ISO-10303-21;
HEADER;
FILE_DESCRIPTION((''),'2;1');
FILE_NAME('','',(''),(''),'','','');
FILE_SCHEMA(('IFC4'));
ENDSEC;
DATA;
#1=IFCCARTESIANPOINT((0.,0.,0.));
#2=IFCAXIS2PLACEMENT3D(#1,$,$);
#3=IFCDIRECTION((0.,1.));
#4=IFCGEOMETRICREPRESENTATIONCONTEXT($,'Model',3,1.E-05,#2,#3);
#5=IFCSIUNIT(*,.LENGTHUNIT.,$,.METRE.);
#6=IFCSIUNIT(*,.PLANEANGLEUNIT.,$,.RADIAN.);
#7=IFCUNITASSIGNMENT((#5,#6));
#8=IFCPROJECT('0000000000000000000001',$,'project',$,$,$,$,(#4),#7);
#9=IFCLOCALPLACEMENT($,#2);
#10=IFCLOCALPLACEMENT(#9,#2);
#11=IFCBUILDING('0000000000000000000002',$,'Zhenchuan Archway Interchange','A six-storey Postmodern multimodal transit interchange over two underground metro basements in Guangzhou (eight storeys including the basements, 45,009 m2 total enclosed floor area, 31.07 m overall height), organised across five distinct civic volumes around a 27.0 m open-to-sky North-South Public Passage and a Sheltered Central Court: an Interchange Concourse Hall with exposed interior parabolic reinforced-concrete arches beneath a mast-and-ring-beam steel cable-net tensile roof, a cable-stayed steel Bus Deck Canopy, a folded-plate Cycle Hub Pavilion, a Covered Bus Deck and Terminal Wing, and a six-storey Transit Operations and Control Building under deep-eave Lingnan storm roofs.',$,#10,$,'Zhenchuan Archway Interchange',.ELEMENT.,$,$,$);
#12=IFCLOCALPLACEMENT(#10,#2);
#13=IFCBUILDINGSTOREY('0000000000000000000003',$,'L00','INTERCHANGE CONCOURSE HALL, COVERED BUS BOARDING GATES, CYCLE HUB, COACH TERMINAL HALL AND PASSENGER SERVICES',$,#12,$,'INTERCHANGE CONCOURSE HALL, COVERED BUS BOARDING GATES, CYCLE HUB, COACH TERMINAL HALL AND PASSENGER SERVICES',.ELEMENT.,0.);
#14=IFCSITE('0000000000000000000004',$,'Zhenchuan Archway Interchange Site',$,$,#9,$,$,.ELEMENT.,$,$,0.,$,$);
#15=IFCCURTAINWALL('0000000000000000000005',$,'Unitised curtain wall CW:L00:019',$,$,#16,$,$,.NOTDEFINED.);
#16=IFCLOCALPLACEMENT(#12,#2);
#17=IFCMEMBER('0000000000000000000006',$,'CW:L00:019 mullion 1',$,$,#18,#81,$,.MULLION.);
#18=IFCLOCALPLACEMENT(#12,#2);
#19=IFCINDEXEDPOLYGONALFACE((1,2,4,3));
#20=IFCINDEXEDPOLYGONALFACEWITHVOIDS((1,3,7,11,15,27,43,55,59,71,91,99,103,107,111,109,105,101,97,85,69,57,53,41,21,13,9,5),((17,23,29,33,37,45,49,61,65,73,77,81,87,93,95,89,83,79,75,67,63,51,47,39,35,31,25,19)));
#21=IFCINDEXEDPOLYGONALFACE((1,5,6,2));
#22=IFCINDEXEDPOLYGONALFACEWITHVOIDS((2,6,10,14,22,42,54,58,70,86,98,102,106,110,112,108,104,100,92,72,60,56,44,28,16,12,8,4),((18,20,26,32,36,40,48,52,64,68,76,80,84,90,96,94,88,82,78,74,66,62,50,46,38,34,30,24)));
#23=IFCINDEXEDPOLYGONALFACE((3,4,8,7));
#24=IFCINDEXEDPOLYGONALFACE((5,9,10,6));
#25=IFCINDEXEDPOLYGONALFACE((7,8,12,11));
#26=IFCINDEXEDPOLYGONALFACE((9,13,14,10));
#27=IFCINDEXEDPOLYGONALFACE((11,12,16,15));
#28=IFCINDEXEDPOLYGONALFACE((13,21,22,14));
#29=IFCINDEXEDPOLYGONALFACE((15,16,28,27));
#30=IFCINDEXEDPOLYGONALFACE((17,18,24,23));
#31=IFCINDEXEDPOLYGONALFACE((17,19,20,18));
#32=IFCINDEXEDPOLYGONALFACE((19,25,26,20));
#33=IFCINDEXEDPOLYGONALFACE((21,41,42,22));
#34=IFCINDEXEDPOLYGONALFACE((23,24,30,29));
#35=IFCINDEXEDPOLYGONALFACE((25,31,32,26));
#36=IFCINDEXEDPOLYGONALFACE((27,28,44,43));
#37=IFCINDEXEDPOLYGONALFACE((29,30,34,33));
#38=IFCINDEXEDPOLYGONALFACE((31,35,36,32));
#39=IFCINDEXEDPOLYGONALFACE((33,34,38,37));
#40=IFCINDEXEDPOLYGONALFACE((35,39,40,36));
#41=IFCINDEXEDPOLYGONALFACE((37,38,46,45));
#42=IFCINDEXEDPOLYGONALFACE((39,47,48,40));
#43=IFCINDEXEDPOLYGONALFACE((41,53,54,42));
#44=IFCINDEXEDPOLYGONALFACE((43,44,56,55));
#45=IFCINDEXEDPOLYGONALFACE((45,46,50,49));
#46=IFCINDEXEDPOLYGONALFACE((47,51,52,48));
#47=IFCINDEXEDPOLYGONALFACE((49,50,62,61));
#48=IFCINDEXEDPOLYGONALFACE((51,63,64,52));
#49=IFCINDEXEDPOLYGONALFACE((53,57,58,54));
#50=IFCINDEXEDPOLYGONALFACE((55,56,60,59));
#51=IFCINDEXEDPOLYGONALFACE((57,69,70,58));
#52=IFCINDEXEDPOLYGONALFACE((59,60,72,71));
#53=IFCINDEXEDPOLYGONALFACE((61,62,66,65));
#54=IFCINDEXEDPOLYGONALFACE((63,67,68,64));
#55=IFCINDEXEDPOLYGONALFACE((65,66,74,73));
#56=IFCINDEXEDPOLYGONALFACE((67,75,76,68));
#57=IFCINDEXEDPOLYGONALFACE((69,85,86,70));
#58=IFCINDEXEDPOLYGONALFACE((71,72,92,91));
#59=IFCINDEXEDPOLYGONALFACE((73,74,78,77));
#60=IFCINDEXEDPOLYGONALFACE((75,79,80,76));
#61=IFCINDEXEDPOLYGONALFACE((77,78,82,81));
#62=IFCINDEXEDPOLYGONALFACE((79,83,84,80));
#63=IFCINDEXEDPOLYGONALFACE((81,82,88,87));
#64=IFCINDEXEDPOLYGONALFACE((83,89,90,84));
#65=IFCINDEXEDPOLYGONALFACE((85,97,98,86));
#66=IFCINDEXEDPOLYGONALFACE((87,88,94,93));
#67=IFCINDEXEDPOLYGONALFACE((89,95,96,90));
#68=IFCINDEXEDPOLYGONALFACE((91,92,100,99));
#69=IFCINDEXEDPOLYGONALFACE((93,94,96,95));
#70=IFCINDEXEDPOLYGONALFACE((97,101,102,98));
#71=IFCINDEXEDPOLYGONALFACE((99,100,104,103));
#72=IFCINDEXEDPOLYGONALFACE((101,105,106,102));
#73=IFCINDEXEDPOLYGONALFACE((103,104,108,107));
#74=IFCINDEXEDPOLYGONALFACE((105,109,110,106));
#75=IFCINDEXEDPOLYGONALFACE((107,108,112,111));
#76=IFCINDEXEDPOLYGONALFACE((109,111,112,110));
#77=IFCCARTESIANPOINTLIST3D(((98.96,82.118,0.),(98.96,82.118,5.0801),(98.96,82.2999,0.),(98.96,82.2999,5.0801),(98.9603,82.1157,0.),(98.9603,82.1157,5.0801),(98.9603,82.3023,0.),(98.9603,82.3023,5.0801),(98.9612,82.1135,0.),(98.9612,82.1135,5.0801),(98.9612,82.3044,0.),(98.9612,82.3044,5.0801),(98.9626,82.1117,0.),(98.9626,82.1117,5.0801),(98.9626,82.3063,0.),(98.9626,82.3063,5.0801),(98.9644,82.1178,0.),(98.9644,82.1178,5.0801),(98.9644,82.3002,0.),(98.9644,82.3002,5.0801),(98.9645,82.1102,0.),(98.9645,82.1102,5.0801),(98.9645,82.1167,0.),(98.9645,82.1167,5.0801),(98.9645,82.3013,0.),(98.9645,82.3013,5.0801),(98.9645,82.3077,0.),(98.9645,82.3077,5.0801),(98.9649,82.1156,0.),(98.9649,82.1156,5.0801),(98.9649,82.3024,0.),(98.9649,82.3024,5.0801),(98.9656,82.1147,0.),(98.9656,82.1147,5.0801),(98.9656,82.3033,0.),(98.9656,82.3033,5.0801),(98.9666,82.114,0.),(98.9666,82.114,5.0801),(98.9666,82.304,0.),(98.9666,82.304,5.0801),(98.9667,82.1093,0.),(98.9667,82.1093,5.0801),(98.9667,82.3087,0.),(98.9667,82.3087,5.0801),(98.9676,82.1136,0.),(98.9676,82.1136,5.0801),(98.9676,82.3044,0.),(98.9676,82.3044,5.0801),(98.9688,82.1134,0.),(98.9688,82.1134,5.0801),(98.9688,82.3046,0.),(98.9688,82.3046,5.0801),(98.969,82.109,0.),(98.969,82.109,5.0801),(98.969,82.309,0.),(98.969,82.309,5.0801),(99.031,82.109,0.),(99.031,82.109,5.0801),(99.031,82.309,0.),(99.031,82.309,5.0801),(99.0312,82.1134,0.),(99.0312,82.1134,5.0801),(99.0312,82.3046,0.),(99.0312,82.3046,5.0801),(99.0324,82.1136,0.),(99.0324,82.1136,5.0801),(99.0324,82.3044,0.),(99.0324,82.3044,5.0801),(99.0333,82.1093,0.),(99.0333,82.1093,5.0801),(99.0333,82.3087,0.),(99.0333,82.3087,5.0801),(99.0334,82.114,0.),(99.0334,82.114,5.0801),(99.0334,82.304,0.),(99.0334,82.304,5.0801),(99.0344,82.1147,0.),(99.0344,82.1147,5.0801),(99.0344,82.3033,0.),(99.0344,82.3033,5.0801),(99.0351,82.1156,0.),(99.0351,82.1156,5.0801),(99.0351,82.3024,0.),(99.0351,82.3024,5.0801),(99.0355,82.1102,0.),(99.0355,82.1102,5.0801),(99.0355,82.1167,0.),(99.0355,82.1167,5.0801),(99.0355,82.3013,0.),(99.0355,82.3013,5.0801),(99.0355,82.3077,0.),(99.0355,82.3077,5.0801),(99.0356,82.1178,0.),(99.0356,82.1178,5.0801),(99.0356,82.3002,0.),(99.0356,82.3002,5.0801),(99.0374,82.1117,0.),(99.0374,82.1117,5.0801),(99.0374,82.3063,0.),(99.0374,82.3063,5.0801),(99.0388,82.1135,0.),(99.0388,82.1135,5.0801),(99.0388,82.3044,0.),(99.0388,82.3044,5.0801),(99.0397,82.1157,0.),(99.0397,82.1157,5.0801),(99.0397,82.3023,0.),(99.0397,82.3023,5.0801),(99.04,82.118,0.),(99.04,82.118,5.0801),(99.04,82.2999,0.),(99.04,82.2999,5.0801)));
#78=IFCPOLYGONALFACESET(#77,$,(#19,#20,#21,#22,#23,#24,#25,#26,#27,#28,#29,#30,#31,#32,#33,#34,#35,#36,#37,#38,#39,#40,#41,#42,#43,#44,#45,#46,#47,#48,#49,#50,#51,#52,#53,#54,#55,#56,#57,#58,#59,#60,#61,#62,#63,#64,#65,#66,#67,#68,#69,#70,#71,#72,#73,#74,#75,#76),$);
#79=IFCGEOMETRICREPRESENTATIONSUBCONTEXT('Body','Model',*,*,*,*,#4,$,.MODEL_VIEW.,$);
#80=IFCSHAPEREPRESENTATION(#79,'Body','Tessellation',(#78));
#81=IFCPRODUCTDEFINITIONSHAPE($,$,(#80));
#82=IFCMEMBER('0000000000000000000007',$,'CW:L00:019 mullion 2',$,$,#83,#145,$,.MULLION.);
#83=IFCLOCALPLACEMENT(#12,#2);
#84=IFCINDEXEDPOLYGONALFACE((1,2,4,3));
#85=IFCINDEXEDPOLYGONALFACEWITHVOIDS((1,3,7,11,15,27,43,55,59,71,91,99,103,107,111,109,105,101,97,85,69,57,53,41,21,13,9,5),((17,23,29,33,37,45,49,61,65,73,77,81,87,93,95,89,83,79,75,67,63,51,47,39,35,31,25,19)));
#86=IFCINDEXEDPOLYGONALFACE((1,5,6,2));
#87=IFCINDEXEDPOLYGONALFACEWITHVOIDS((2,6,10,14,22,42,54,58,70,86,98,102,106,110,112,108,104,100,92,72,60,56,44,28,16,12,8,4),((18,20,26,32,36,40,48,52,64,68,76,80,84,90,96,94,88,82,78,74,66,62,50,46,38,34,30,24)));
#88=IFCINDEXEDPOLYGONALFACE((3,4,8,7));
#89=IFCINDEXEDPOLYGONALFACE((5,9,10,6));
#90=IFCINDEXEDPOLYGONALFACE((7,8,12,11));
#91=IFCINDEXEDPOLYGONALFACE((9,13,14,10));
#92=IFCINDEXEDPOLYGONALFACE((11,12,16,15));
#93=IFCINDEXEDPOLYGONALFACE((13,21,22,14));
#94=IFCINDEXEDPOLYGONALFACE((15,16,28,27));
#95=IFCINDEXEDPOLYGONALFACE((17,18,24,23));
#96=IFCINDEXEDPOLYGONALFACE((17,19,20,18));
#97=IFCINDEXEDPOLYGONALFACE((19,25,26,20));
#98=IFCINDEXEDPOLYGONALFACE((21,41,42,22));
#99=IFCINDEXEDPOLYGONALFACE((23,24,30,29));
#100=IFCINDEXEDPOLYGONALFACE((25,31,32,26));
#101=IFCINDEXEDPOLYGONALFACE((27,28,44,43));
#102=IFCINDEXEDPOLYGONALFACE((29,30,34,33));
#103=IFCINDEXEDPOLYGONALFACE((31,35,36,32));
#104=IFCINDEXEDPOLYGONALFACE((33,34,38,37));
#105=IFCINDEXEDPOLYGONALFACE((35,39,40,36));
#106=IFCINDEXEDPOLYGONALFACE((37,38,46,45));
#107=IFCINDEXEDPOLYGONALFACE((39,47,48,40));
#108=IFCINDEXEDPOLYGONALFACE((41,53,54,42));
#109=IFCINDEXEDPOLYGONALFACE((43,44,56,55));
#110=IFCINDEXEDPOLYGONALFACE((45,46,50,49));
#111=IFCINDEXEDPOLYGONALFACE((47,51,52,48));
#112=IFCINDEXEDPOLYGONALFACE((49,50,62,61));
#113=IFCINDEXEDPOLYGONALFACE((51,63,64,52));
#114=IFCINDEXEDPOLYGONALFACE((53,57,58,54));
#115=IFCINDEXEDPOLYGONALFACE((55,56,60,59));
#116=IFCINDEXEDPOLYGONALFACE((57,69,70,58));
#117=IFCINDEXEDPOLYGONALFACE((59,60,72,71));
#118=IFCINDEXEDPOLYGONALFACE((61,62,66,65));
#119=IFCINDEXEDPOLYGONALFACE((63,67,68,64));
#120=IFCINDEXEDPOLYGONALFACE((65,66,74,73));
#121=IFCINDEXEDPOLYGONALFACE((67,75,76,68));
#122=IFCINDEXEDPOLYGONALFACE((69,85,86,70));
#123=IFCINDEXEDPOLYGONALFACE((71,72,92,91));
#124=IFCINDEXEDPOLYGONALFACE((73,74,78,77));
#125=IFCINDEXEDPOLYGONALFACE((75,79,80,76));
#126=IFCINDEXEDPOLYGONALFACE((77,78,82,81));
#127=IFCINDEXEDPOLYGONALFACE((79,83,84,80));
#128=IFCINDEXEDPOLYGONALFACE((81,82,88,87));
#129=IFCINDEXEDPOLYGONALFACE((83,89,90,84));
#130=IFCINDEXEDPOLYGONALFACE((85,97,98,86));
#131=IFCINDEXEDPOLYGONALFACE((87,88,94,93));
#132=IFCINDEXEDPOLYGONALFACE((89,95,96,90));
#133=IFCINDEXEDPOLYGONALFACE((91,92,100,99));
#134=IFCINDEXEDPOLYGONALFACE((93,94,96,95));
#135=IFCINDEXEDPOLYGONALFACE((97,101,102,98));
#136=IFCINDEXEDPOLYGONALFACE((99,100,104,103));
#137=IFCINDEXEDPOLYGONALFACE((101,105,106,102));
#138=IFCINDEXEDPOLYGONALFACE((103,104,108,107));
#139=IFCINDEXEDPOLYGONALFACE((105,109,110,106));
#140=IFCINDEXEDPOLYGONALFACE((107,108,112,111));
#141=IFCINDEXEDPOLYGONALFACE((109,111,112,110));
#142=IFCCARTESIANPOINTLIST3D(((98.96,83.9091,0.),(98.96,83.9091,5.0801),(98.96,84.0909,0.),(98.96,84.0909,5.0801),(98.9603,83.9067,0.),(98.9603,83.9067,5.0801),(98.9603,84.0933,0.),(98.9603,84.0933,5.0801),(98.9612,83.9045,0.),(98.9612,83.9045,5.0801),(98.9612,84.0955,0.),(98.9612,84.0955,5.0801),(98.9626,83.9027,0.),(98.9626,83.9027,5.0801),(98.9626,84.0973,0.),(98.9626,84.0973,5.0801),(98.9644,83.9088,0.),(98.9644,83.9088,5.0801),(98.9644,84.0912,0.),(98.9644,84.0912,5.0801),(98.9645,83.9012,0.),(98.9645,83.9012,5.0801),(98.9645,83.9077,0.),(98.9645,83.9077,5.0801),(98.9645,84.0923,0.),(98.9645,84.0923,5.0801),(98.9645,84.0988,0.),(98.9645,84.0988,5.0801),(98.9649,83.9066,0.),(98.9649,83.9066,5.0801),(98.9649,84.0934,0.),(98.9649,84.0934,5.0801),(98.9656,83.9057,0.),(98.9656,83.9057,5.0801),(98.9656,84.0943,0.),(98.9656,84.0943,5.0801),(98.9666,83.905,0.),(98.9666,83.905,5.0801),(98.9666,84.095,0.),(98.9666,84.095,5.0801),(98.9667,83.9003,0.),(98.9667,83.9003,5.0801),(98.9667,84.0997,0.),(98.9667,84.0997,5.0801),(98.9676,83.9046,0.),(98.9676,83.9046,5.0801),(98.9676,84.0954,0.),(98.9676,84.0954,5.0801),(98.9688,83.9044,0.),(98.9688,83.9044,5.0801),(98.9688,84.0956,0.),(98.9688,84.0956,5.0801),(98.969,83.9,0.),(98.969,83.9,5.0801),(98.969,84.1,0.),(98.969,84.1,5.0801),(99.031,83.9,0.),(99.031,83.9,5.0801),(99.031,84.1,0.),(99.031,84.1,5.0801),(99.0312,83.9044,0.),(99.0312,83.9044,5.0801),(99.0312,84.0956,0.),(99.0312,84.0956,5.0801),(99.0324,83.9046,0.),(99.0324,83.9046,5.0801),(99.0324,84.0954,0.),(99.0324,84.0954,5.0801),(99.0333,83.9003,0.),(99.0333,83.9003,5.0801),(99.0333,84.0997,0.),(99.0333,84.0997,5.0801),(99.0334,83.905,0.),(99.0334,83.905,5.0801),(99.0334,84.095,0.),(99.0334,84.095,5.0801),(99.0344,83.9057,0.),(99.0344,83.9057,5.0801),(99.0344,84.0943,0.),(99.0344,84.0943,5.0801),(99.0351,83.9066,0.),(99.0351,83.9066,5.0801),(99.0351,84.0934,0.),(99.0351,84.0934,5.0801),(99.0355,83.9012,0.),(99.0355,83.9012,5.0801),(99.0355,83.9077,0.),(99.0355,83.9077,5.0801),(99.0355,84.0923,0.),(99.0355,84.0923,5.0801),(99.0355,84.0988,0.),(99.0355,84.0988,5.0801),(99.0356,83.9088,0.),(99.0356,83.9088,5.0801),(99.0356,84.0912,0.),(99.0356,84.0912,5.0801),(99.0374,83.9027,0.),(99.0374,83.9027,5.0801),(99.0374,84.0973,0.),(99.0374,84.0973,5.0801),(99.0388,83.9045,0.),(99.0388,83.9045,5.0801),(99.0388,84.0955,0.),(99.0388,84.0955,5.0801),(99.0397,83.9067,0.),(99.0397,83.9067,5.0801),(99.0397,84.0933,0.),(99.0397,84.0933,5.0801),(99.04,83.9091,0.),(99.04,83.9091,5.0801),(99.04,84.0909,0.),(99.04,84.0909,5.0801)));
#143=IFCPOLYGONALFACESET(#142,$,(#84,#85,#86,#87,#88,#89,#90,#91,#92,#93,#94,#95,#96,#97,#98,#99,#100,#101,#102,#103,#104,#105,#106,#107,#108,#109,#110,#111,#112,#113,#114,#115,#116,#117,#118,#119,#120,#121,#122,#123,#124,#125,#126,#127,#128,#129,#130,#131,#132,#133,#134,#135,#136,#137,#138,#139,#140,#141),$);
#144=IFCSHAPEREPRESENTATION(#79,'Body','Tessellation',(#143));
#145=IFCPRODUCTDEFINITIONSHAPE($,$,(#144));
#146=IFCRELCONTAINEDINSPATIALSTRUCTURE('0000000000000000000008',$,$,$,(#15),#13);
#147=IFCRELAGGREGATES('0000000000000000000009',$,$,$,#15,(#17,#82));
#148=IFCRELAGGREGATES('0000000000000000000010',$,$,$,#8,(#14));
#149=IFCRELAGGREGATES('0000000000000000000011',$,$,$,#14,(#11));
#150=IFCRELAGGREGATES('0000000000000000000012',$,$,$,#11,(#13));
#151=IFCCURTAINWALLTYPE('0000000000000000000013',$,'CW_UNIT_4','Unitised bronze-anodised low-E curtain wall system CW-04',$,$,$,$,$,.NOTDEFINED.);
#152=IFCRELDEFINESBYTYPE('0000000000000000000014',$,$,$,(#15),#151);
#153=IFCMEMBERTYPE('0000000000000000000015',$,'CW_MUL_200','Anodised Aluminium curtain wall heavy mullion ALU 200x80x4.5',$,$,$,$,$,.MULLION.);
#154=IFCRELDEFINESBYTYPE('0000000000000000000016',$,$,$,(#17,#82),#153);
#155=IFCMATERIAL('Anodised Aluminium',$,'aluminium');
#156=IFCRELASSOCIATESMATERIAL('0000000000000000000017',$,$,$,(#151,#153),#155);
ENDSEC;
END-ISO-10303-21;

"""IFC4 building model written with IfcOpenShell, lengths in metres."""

from ifc_helpers import new_model, si_unit, direction, frame, origin, origin_2d, place, context, subcontext, project, spatial, hollow_rectangle, extrude, material, material_profile, profile_set, type_object, element, aggregate, save


model = new_model("IFC4")

# Units and contexts
model_context = context("Model", 3, precision=1e-05, world=origin(), true_north=direction((0.0, 1.0)))
body_context = subcontext(model_context, "Body", "Model", "MODEL_VIEW")
ifc_project = project(units=[si_unit("LENGTHUNIT", "METRE"), si_unit("PLANEANGLEUNIT", "RADIAN")], contexts=[model_context])

# Site, building, storey
site_placement = place(None, origin())
site = spatial("IfcSite", under=ifc_project, at=site_placement, Name="Zhenchuan Archway Interchange Site", CompositionType="ELEMENT", RefElevation=0.0)
building_placement = place(site_placement, origin())
building = spatial("IfcBuilding", under=site, at=building_placement, Name="Zhenchuan Archway Interchange", Description="A six-storey Postmodern multimodal transit interchange over two underground metro basements in Guangzhou (eight storeys including the basements, 45,009 m2 total enclosed floor area, 31.07 m overall height), organised across five distinct civic volumes around a 27.0 m open-to-sky North-South Public Passage and a Sheltered Central Court: an Interchange Concourse Hall with exposed interior parabolic reinforced-concrete arches beneath a mast-and-ring-beam steel cable-net tensile roof, a cable-stayed steel Bus Deck Canopy, a folded-plate Cycle Hub Pavilion, a Covered Bus Deck and Terminal Wing, and a six-storey Transit Operations and Control Building under deep-eave Lingnan storm roofs.", LongName="Zhenchuan Archway Interchange", CompositionType="ELEMENT")
storey_placement = place(building_placement, origin())
storey = spatial("IfcBuildingStorey", under=building, at=storey_placement, Name="L00", Description="INTERCHANGE CONCOURSE HALL, COVERED BUS BOARDING GATES, CYCLE HUB, COACH TERMINAL HALL AND PASSENGER SERVICES", LongName="INTERCHANGE CONCOURSE HALL, COVERED BUS BOARDING GATES, CYCLE HUB, COACH TERMINAL HALL AND PASSENGER SERVICES", CompositionType="ELEMENT", Elevation=0.0)

# Curtain wall, members
ifc_material_1 = material(Name="Anodised Aluminium", Category="aluminium")
curtain_wall_type = type_object("IfcCurtainWallType", Name="CW_UNIT_4", Description="Unitised bronze-anodised low-E curtain wall system CW-04", PredefinedType="NOTDEFINED", material=ifc_material_1)
curtain_wall_placement = place(storey_placement, origin())
curtain_wall = element("IfcCurtainWall", 1, at=curtain_wall_placement, inside=storey, type_object=curtain_wall_type, Name="Unitised curtain wall CW:L00:019", PredefinedType="NOTDEFINED")
ifc_material_profile_1 = material_profile(ifc_material_1, hollow_rectangle(XDim=0.0801, YDim=0.2, WallThickness=0.0044, InnerFilletRadius=0.0044, OuterFilletRadius=0.009, at=origin_2d()), Name="ALU 200x80x4.5")
ifc_profile_set_1 = profile_set([ifc_material_profile_1], Name="Anodised Aluminium")
member_type_1 = type_object("IfcMemberType", Name="CW_MUL_200", Description="Anodised Aluminium curtain wall heavy mullion ALU 200x80x4.5", PredefinedType="MULLION", material=ifc_profile_set_1)
member_1_placement = place(storey_placement, frame((99.0, 82.209, 0.0), z_axis=(0.0, 0.0, 1.0), x_axis=(1.0, 0.0, 0.0)))
member_1 = element("IfcMember", 2, at=member_1_placement, type_object=member_type_1, Name="CW:L00:019 mullion 1", PredefinedType="MULLION", context=body_context, shape_type="SweptSolid", body=[
    extrude(hollow_rectangle(XDim=0.0801, YDim=0.2, WallThickness=0.0044, InnerFilletRadius=0.0044, OuterFilletRadius=0.009, at=origin_2d()), origin(), (0.0, 0.0, 1.0), 5.0801),
])
member_2_placement = place(storey_placement, frame((99.0, 84.0, 0.0), z_axis=(0.0, 0.0, 1.0), x_axis=(1.0, 0.0, 0.0)))
member_2 = element("IfcMember", 3, at=member_2_placement, type_object=member_type_1, Name="CW:L00:019 mullion 2", PredefinedType="MULLION", context=body_context, shape_type="SweptSolid", body=[
    extrude(hollow_rectangle(XDim=0.0801, YDim=0.2, WallThickness=0.0044, InnerFilletRadius=0.0044, OuterFilletRadius=0.009, at=origin_2d()), origin(), (0.0, 0.0, 1.0), 5.0801),
])

aggregate(curtain_wall, [member_1, member_2])

save(model, "model.ifc")
